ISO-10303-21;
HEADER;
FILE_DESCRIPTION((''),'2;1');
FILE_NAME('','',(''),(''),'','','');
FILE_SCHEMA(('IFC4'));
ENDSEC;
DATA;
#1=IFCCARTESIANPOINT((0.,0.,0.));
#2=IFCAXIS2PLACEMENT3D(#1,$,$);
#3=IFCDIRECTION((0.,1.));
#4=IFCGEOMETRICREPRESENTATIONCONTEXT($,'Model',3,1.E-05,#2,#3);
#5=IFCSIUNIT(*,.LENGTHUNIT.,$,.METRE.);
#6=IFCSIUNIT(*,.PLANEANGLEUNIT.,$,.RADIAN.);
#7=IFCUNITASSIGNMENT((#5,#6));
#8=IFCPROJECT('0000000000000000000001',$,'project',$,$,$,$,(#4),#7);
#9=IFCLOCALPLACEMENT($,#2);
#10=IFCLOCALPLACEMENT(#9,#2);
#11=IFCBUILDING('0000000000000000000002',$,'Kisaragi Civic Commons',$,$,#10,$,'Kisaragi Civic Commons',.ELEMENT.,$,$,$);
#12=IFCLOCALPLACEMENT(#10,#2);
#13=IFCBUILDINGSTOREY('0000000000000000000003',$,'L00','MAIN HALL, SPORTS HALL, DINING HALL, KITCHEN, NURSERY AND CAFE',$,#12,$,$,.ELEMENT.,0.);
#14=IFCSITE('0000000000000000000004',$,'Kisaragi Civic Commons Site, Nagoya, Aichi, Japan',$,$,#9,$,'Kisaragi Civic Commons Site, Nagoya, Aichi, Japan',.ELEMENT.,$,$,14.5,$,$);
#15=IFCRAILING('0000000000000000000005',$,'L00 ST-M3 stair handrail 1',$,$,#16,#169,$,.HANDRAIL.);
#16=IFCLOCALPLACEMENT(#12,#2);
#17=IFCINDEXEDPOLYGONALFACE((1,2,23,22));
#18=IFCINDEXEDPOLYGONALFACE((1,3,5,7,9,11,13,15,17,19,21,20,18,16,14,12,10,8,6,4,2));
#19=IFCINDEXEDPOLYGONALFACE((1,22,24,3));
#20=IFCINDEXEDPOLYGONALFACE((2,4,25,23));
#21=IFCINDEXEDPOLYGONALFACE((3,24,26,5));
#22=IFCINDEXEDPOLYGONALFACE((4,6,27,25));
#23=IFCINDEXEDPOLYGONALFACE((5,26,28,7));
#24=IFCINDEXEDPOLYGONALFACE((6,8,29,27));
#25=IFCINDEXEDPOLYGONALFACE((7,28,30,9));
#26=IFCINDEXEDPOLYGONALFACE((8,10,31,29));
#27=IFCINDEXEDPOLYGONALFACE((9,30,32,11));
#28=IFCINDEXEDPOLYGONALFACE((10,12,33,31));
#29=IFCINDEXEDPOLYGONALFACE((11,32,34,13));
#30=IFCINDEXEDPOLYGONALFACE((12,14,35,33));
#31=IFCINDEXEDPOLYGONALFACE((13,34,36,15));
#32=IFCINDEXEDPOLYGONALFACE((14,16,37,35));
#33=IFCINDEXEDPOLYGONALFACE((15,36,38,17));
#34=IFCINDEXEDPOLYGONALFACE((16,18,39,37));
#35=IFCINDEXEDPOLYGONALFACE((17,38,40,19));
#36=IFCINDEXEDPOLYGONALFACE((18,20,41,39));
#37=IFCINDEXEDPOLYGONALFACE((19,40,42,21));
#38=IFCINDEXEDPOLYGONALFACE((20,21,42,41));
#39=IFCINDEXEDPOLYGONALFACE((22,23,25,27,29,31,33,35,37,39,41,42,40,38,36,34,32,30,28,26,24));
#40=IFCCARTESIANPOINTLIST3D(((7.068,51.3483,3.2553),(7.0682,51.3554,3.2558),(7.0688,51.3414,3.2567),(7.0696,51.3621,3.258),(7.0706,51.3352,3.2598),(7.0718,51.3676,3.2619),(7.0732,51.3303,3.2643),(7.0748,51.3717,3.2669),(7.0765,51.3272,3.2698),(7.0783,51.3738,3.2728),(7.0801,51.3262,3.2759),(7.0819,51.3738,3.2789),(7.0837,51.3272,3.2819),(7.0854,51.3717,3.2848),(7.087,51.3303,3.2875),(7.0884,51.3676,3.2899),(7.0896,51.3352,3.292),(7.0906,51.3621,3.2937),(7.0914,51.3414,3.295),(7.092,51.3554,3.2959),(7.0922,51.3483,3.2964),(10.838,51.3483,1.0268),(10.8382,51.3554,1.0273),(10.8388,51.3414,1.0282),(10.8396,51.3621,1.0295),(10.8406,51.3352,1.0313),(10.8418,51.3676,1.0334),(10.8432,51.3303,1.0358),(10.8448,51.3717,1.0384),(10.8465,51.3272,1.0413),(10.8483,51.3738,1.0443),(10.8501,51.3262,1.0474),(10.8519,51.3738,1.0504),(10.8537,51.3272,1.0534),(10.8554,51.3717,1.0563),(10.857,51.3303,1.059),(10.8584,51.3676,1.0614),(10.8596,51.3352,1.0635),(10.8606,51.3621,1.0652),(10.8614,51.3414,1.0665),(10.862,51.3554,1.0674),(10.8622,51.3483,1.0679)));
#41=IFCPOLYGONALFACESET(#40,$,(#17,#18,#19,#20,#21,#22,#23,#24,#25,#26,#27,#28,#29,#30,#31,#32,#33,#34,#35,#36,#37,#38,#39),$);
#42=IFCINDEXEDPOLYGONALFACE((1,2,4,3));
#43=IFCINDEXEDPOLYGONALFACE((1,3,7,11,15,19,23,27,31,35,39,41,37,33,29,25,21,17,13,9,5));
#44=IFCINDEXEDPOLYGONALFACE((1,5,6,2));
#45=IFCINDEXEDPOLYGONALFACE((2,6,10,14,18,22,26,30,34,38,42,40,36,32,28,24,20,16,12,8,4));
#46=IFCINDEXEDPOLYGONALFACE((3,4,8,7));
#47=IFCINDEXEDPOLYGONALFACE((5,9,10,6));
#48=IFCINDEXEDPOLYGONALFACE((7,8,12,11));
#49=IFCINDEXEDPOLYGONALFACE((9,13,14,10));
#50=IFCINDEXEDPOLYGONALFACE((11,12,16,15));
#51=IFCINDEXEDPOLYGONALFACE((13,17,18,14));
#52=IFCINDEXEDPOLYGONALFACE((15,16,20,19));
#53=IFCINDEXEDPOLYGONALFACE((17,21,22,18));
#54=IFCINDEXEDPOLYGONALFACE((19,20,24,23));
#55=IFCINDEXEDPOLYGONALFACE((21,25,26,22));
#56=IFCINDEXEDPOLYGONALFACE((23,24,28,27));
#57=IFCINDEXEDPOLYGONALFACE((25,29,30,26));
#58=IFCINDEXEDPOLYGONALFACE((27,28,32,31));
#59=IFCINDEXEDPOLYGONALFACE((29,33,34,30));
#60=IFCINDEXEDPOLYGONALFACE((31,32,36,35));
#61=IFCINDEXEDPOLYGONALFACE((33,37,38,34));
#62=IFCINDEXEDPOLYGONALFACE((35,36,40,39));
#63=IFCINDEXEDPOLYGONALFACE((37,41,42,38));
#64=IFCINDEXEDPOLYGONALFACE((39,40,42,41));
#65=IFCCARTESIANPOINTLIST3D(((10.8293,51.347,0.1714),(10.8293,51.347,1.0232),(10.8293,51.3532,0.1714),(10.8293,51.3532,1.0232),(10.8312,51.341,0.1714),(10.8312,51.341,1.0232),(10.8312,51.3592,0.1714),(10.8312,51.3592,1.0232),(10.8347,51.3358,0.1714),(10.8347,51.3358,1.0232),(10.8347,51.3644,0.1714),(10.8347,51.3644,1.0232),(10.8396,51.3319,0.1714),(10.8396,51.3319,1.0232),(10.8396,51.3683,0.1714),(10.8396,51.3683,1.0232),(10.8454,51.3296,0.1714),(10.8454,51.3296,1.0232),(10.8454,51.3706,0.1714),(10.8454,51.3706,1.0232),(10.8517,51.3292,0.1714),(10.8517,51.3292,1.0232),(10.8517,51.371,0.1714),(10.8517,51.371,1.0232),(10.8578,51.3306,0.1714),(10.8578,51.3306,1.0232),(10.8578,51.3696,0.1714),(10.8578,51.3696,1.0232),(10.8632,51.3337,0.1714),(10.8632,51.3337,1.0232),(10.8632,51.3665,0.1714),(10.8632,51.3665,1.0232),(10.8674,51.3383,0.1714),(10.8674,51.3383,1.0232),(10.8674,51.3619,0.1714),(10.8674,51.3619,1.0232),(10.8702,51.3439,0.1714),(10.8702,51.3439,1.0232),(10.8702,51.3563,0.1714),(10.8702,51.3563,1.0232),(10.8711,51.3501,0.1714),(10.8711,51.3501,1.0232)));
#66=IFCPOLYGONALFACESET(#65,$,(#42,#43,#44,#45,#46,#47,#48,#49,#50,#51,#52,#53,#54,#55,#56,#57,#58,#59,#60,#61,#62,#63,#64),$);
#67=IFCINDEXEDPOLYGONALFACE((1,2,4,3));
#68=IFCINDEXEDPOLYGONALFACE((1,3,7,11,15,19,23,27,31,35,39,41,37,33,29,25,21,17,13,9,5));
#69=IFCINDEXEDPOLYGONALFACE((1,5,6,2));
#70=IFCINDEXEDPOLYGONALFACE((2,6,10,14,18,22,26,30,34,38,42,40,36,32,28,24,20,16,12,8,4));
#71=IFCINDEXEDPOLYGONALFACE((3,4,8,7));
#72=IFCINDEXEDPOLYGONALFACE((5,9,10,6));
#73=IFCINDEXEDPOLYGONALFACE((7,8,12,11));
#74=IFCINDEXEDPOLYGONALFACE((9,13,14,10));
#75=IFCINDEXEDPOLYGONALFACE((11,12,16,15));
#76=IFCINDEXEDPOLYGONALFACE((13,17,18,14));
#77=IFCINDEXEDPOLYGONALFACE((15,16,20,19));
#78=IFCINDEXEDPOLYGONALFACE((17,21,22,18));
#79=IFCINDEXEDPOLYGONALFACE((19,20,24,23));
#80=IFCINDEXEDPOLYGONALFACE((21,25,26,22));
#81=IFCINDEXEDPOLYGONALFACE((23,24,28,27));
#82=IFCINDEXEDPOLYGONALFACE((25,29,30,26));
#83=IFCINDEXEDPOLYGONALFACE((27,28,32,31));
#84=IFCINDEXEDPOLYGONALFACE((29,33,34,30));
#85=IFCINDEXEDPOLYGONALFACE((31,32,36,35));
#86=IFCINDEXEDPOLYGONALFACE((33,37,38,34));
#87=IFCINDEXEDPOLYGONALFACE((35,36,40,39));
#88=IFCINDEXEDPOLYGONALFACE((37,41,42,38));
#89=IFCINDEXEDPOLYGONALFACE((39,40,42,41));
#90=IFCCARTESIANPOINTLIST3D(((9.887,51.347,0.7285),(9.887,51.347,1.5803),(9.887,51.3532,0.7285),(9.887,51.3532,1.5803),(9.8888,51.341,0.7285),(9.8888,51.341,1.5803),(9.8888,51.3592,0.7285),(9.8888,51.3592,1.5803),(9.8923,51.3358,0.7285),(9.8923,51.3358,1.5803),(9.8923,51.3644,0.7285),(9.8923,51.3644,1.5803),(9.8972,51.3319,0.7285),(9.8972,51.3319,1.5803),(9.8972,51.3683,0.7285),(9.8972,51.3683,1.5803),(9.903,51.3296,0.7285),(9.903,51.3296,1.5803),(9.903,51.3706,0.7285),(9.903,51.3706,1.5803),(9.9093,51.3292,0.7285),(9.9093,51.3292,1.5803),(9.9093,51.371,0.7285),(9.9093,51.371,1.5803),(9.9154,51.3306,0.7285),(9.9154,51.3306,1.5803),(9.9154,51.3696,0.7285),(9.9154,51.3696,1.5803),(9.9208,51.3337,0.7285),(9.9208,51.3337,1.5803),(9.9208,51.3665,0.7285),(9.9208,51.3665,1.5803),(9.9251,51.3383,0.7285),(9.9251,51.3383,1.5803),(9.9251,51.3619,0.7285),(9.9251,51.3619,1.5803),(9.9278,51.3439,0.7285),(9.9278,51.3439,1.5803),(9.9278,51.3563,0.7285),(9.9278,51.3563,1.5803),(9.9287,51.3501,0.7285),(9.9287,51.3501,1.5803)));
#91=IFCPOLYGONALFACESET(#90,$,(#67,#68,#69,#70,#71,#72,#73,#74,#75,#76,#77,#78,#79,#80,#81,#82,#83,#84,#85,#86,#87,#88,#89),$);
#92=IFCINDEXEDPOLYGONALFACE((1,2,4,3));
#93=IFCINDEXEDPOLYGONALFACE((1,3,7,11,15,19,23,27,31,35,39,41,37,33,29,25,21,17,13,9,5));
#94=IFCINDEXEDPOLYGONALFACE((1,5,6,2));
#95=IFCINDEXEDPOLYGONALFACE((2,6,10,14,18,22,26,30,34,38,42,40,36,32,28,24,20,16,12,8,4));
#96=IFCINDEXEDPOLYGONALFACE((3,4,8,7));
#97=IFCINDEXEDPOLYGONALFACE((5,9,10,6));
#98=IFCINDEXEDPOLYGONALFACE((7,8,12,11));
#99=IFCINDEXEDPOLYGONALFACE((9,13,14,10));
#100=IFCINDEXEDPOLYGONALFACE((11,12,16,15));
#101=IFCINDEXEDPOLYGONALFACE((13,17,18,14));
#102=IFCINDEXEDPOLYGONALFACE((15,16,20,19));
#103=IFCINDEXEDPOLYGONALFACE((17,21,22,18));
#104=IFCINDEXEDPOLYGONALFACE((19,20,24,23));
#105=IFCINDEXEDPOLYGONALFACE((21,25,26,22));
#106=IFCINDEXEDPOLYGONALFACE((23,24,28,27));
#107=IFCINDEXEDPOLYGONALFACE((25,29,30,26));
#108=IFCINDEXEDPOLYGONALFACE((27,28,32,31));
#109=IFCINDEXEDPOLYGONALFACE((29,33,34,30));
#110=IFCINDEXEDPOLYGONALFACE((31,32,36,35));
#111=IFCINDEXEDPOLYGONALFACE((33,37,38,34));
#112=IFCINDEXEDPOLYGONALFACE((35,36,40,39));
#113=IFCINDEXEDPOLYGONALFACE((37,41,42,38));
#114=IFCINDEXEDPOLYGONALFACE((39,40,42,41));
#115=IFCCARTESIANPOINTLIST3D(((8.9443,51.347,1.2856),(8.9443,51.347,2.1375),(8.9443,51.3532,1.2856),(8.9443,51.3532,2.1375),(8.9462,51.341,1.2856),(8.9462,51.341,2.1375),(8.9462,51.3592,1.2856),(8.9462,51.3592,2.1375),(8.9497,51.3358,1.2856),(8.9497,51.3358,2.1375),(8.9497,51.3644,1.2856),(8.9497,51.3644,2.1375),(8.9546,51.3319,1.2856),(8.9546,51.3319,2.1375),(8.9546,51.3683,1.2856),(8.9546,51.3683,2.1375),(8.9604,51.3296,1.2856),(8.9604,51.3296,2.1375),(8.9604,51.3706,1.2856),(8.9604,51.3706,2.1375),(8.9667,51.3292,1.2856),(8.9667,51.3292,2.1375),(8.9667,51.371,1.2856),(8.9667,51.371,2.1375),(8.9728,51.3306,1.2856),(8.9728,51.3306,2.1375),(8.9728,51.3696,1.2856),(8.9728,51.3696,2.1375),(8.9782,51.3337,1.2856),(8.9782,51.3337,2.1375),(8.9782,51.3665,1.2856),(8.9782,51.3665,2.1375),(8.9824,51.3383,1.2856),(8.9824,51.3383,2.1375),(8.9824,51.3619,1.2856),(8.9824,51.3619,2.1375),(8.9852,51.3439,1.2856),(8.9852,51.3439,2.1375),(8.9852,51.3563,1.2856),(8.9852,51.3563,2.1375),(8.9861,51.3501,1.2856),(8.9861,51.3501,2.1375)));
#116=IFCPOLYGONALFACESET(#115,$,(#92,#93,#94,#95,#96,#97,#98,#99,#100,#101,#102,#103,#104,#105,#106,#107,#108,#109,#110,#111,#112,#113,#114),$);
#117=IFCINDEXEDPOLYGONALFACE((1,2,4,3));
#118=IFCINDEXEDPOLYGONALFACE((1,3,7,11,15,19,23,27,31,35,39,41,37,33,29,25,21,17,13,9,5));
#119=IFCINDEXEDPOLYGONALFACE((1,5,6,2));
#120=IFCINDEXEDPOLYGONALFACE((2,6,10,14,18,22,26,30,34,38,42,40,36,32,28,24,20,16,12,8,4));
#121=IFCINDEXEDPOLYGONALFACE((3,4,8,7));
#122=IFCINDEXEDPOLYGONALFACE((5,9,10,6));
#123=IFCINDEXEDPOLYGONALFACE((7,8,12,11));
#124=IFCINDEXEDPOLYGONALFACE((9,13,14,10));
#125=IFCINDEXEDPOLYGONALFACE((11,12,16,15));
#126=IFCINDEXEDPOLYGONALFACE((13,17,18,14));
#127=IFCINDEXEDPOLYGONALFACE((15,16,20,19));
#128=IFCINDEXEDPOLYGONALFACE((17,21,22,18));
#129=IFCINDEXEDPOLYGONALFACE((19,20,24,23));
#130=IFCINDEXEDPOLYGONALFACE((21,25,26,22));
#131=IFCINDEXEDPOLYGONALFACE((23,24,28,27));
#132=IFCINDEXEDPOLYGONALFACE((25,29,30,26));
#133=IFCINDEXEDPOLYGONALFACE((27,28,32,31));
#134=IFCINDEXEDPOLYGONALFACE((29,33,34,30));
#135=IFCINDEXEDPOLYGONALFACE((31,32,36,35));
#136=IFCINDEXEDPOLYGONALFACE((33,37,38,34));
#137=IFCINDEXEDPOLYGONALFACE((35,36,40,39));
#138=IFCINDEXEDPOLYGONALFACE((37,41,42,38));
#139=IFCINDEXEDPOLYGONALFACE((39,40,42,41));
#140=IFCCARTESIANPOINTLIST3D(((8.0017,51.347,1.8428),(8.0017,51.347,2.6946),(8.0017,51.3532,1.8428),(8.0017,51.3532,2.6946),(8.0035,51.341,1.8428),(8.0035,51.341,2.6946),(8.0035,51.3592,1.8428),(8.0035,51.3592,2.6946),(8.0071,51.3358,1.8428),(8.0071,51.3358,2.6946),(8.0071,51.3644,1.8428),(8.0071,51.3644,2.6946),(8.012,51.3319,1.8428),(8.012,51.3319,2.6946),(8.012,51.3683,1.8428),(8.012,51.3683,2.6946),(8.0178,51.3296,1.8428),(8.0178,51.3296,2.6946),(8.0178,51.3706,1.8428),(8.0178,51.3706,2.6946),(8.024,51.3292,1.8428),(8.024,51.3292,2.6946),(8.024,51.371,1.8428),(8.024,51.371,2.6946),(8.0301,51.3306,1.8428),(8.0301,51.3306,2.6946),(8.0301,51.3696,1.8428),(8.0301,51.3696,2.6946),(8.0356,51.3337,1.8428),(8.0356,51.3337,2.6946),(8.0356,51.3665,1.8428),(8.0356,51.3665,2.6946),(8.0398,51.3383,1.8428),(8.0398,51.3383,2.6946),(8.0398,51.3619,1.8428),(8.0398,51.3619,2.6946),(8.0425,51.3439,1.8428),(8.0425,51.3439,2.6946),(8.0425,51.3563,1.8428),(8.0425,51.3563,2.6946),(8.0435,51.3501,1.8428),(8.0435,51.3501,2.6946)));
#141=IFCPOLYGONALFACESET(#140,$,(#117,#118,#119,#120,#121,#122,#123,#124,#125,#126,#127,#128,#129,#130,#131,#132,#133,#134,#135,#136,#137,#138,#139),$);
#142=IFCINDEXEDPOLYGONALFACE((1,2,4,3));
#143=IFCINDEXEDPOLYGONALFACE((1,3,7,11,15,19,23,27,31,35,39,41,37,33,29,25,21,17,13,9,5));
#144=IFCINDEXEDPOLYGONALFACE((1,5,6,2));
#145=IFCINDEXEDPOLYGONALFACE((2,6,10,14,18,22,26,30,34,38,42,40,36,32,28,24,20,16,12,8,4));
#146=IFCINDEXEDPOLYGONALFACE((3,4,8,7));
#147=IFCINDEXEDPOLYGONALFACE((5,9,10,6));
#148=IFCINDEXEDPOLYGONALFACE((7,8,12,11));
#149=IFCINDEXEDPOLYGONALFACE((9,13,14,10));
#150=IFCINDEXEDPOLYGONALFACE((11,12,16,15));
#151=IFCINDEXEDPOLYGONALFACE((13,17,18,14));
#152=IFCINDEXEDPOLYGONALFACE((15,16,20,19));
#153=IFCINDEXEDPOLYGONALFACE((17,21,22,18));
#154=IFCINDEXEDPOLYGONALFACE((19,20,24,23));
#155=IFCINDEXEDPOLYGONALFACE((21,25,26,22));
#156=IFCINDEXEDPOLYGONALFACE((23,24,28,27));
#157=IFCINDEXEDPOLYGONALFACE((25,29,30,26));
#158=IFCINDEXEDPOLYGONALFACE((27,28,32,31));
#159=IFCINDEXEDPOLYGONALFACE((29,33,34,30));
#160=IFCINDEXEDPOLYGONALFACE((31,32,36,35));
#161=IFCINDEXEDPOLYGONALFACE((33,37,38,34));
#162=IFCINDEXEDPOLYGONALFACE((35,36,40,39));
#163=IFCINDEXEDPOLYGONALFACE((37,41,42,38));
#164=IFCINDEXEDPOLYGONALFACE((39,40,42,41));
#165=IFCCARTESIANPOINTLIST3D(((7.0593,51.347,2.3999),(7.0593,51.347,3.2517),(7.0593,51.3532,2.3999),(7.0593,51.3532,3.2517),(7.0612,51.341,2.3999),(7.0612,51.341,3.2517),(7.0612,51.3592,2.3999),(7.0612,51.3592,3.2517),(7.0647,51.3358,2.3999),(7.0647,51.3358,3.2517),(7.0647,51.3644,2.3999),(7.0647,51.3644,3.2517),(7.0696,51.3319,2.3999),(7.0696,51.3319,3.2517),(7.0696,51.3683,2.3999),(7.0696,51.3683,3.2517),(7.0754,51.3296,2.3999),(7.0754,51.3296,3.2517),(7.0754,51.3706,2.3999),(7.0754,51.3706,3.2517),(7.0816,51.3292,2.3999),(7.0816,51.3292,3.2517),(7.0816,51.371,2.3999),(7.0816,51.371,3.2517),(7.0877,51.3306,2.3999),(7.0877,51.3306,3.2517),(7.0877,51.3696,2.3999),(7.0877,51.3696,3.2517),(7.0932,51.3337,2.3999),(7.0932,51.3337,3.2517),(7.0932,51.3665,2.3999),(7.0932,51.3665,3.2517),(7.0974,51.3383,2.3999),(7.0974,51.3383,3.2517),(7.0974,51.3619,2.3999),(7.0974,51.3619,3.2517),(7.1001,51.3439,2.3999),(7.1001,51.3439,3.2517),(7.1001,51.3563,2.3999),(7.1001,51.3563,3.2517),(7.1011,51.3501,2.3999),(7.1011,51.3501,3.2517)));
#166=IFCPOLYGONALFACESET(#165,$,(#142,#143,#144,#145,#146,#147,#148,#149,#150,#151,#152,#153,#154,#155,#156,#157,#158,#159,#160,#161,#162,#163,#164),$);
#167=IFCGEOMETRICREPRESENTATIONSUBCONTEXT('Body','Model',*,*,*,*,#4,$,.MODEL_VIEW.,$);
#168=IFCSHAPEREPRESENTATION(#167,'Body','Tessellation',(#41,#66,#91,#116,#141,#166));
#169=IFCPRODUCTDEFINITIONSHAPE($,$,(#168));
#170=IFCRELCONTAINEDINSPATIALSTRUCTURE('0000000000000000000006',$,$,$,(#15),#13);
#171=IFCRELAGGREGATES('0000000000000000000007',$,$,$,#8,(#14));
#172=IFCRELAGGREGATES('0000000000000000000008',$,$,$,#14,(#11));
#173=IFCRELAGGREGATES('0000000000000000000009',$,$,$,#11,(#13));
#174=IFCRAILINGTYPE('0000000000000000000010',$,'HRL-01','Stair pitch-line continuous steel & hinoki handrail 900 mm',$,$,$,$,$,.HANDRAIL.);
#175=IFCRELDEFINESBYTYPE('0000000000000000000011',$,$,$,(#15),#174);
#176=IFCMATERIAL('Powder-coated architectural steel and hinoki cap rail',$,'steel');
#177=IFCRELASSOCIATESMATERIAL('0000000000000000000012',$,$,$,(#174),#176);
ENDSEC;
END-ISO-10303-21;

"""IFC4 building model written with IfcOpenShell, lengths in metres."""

from ifc_helpers import new_model, si_unit, direction, frame, origin, origin_2d, place, context, subcontext, project, spatial, circle, extrude, material, type_object, element, save


model = new_model("IFC4")

# Units and contexts
model_context = context("Model", 3, precision=1e-05, world=origin(), true_north=direction((0.0, 1.0)))
body_context = subcontext(model_context, "Body", "Model", "MODEL_VIEW")
ifc_project = project(units=[si_unit("LENGTHUNIT", "METRE"), si_unit("PLANEANGLEUNIT", "RADIAN")], contexts=[model_context])

# Site, building, storey
site_placement = place(None, origin())
site = spatial("IfcSite", under=ifc_project, at=site_placement, Name="Kisaragi Civic Commons Site, Nagoya, Aichi, Japan", LongName="Kisaragi Civic Commons Site, Nagoya, Aichi, Japan", CompositionType="ELEMENT", RefElevation=14.5)
building_placement = place(site_placement, origin())
building = spatial("IfcBuilding", under=site, at=building_placement, Name="Kisaragi Civic Commons", LongName="Kisaragi Civic Commons", CompositionType="ELEMENT")
storey_placement = place(building_placement, origin())
storey = spatial("IfcBuildingStorey", under=building, at=storey_placement, Name="L00", Description="MAIN HALL, SPORTS HALL, DINING HALL, KITCHEN, NURSERY AND CAFE", CompositionType="ELEMENT", Elevation=0.0)

# Railing
ifc_material_1 = material(Name="Powder-coated architectural steel and hinoki cap rail", Category="steel")
railing_type_1 = type_object("IfcRailingType", Name="HRL-01", Description="Stair pitch-line continuous steel & hinoki handrail 900 mm", PredefinedType="HANDRAIL", material=ifc_material_1)
railing_1_placement = place(storey_placement, frame((10.8501, 51.3501, 0.1714)))
element("IfcRailing", 1, at=railing_1_placement, inside=storey, type_object=railing_type_1, Name="L00 ST-M3 stair handrail 1", PredefinedType="HANDRAIL", context=body_context, shape_type="SweptSolid", body=[
    extrude(circle(Radius=0.0239, at=origin_2d()), frame((0.0, 0.0, 0.876), z_axis=(-0.860849, 0.0, 0.508861), x_axis=(0.0, -1.0, 0.0)), (0.0, 0.0, 1.0), 4.3794),
    extrude(circle(Radius=0.021, at=origin_2d()), origin(), (0.0, 0.0, 1.0), 0.8518),
    extrude(circle(Radius=0.021, at=origin_2d()), frame((-0.9424, 0.0, 0.5571)), (0.0, 0.0, 1.0), 0.8518),
    extrude(circle(Radius=0.021, at=origin_2d()), frame((-1.885, 0.0, 1.1143)), (0.0, 0.0, 1.0), 0.8518),
    extrude(circle(Radius=0.021, at=origin_2d()), frame((-2.8276, 0.0, 1.6714)), (0.0, 0.0, 1.0), 0.8518),
    extrude(circle(Radius=0.021, at=origin_2d()), frame((-3.77, 0.0, 2.2285)), (0.0, 0.0, 1.0), 0.8518),
])

save(model, "model.ifc")
